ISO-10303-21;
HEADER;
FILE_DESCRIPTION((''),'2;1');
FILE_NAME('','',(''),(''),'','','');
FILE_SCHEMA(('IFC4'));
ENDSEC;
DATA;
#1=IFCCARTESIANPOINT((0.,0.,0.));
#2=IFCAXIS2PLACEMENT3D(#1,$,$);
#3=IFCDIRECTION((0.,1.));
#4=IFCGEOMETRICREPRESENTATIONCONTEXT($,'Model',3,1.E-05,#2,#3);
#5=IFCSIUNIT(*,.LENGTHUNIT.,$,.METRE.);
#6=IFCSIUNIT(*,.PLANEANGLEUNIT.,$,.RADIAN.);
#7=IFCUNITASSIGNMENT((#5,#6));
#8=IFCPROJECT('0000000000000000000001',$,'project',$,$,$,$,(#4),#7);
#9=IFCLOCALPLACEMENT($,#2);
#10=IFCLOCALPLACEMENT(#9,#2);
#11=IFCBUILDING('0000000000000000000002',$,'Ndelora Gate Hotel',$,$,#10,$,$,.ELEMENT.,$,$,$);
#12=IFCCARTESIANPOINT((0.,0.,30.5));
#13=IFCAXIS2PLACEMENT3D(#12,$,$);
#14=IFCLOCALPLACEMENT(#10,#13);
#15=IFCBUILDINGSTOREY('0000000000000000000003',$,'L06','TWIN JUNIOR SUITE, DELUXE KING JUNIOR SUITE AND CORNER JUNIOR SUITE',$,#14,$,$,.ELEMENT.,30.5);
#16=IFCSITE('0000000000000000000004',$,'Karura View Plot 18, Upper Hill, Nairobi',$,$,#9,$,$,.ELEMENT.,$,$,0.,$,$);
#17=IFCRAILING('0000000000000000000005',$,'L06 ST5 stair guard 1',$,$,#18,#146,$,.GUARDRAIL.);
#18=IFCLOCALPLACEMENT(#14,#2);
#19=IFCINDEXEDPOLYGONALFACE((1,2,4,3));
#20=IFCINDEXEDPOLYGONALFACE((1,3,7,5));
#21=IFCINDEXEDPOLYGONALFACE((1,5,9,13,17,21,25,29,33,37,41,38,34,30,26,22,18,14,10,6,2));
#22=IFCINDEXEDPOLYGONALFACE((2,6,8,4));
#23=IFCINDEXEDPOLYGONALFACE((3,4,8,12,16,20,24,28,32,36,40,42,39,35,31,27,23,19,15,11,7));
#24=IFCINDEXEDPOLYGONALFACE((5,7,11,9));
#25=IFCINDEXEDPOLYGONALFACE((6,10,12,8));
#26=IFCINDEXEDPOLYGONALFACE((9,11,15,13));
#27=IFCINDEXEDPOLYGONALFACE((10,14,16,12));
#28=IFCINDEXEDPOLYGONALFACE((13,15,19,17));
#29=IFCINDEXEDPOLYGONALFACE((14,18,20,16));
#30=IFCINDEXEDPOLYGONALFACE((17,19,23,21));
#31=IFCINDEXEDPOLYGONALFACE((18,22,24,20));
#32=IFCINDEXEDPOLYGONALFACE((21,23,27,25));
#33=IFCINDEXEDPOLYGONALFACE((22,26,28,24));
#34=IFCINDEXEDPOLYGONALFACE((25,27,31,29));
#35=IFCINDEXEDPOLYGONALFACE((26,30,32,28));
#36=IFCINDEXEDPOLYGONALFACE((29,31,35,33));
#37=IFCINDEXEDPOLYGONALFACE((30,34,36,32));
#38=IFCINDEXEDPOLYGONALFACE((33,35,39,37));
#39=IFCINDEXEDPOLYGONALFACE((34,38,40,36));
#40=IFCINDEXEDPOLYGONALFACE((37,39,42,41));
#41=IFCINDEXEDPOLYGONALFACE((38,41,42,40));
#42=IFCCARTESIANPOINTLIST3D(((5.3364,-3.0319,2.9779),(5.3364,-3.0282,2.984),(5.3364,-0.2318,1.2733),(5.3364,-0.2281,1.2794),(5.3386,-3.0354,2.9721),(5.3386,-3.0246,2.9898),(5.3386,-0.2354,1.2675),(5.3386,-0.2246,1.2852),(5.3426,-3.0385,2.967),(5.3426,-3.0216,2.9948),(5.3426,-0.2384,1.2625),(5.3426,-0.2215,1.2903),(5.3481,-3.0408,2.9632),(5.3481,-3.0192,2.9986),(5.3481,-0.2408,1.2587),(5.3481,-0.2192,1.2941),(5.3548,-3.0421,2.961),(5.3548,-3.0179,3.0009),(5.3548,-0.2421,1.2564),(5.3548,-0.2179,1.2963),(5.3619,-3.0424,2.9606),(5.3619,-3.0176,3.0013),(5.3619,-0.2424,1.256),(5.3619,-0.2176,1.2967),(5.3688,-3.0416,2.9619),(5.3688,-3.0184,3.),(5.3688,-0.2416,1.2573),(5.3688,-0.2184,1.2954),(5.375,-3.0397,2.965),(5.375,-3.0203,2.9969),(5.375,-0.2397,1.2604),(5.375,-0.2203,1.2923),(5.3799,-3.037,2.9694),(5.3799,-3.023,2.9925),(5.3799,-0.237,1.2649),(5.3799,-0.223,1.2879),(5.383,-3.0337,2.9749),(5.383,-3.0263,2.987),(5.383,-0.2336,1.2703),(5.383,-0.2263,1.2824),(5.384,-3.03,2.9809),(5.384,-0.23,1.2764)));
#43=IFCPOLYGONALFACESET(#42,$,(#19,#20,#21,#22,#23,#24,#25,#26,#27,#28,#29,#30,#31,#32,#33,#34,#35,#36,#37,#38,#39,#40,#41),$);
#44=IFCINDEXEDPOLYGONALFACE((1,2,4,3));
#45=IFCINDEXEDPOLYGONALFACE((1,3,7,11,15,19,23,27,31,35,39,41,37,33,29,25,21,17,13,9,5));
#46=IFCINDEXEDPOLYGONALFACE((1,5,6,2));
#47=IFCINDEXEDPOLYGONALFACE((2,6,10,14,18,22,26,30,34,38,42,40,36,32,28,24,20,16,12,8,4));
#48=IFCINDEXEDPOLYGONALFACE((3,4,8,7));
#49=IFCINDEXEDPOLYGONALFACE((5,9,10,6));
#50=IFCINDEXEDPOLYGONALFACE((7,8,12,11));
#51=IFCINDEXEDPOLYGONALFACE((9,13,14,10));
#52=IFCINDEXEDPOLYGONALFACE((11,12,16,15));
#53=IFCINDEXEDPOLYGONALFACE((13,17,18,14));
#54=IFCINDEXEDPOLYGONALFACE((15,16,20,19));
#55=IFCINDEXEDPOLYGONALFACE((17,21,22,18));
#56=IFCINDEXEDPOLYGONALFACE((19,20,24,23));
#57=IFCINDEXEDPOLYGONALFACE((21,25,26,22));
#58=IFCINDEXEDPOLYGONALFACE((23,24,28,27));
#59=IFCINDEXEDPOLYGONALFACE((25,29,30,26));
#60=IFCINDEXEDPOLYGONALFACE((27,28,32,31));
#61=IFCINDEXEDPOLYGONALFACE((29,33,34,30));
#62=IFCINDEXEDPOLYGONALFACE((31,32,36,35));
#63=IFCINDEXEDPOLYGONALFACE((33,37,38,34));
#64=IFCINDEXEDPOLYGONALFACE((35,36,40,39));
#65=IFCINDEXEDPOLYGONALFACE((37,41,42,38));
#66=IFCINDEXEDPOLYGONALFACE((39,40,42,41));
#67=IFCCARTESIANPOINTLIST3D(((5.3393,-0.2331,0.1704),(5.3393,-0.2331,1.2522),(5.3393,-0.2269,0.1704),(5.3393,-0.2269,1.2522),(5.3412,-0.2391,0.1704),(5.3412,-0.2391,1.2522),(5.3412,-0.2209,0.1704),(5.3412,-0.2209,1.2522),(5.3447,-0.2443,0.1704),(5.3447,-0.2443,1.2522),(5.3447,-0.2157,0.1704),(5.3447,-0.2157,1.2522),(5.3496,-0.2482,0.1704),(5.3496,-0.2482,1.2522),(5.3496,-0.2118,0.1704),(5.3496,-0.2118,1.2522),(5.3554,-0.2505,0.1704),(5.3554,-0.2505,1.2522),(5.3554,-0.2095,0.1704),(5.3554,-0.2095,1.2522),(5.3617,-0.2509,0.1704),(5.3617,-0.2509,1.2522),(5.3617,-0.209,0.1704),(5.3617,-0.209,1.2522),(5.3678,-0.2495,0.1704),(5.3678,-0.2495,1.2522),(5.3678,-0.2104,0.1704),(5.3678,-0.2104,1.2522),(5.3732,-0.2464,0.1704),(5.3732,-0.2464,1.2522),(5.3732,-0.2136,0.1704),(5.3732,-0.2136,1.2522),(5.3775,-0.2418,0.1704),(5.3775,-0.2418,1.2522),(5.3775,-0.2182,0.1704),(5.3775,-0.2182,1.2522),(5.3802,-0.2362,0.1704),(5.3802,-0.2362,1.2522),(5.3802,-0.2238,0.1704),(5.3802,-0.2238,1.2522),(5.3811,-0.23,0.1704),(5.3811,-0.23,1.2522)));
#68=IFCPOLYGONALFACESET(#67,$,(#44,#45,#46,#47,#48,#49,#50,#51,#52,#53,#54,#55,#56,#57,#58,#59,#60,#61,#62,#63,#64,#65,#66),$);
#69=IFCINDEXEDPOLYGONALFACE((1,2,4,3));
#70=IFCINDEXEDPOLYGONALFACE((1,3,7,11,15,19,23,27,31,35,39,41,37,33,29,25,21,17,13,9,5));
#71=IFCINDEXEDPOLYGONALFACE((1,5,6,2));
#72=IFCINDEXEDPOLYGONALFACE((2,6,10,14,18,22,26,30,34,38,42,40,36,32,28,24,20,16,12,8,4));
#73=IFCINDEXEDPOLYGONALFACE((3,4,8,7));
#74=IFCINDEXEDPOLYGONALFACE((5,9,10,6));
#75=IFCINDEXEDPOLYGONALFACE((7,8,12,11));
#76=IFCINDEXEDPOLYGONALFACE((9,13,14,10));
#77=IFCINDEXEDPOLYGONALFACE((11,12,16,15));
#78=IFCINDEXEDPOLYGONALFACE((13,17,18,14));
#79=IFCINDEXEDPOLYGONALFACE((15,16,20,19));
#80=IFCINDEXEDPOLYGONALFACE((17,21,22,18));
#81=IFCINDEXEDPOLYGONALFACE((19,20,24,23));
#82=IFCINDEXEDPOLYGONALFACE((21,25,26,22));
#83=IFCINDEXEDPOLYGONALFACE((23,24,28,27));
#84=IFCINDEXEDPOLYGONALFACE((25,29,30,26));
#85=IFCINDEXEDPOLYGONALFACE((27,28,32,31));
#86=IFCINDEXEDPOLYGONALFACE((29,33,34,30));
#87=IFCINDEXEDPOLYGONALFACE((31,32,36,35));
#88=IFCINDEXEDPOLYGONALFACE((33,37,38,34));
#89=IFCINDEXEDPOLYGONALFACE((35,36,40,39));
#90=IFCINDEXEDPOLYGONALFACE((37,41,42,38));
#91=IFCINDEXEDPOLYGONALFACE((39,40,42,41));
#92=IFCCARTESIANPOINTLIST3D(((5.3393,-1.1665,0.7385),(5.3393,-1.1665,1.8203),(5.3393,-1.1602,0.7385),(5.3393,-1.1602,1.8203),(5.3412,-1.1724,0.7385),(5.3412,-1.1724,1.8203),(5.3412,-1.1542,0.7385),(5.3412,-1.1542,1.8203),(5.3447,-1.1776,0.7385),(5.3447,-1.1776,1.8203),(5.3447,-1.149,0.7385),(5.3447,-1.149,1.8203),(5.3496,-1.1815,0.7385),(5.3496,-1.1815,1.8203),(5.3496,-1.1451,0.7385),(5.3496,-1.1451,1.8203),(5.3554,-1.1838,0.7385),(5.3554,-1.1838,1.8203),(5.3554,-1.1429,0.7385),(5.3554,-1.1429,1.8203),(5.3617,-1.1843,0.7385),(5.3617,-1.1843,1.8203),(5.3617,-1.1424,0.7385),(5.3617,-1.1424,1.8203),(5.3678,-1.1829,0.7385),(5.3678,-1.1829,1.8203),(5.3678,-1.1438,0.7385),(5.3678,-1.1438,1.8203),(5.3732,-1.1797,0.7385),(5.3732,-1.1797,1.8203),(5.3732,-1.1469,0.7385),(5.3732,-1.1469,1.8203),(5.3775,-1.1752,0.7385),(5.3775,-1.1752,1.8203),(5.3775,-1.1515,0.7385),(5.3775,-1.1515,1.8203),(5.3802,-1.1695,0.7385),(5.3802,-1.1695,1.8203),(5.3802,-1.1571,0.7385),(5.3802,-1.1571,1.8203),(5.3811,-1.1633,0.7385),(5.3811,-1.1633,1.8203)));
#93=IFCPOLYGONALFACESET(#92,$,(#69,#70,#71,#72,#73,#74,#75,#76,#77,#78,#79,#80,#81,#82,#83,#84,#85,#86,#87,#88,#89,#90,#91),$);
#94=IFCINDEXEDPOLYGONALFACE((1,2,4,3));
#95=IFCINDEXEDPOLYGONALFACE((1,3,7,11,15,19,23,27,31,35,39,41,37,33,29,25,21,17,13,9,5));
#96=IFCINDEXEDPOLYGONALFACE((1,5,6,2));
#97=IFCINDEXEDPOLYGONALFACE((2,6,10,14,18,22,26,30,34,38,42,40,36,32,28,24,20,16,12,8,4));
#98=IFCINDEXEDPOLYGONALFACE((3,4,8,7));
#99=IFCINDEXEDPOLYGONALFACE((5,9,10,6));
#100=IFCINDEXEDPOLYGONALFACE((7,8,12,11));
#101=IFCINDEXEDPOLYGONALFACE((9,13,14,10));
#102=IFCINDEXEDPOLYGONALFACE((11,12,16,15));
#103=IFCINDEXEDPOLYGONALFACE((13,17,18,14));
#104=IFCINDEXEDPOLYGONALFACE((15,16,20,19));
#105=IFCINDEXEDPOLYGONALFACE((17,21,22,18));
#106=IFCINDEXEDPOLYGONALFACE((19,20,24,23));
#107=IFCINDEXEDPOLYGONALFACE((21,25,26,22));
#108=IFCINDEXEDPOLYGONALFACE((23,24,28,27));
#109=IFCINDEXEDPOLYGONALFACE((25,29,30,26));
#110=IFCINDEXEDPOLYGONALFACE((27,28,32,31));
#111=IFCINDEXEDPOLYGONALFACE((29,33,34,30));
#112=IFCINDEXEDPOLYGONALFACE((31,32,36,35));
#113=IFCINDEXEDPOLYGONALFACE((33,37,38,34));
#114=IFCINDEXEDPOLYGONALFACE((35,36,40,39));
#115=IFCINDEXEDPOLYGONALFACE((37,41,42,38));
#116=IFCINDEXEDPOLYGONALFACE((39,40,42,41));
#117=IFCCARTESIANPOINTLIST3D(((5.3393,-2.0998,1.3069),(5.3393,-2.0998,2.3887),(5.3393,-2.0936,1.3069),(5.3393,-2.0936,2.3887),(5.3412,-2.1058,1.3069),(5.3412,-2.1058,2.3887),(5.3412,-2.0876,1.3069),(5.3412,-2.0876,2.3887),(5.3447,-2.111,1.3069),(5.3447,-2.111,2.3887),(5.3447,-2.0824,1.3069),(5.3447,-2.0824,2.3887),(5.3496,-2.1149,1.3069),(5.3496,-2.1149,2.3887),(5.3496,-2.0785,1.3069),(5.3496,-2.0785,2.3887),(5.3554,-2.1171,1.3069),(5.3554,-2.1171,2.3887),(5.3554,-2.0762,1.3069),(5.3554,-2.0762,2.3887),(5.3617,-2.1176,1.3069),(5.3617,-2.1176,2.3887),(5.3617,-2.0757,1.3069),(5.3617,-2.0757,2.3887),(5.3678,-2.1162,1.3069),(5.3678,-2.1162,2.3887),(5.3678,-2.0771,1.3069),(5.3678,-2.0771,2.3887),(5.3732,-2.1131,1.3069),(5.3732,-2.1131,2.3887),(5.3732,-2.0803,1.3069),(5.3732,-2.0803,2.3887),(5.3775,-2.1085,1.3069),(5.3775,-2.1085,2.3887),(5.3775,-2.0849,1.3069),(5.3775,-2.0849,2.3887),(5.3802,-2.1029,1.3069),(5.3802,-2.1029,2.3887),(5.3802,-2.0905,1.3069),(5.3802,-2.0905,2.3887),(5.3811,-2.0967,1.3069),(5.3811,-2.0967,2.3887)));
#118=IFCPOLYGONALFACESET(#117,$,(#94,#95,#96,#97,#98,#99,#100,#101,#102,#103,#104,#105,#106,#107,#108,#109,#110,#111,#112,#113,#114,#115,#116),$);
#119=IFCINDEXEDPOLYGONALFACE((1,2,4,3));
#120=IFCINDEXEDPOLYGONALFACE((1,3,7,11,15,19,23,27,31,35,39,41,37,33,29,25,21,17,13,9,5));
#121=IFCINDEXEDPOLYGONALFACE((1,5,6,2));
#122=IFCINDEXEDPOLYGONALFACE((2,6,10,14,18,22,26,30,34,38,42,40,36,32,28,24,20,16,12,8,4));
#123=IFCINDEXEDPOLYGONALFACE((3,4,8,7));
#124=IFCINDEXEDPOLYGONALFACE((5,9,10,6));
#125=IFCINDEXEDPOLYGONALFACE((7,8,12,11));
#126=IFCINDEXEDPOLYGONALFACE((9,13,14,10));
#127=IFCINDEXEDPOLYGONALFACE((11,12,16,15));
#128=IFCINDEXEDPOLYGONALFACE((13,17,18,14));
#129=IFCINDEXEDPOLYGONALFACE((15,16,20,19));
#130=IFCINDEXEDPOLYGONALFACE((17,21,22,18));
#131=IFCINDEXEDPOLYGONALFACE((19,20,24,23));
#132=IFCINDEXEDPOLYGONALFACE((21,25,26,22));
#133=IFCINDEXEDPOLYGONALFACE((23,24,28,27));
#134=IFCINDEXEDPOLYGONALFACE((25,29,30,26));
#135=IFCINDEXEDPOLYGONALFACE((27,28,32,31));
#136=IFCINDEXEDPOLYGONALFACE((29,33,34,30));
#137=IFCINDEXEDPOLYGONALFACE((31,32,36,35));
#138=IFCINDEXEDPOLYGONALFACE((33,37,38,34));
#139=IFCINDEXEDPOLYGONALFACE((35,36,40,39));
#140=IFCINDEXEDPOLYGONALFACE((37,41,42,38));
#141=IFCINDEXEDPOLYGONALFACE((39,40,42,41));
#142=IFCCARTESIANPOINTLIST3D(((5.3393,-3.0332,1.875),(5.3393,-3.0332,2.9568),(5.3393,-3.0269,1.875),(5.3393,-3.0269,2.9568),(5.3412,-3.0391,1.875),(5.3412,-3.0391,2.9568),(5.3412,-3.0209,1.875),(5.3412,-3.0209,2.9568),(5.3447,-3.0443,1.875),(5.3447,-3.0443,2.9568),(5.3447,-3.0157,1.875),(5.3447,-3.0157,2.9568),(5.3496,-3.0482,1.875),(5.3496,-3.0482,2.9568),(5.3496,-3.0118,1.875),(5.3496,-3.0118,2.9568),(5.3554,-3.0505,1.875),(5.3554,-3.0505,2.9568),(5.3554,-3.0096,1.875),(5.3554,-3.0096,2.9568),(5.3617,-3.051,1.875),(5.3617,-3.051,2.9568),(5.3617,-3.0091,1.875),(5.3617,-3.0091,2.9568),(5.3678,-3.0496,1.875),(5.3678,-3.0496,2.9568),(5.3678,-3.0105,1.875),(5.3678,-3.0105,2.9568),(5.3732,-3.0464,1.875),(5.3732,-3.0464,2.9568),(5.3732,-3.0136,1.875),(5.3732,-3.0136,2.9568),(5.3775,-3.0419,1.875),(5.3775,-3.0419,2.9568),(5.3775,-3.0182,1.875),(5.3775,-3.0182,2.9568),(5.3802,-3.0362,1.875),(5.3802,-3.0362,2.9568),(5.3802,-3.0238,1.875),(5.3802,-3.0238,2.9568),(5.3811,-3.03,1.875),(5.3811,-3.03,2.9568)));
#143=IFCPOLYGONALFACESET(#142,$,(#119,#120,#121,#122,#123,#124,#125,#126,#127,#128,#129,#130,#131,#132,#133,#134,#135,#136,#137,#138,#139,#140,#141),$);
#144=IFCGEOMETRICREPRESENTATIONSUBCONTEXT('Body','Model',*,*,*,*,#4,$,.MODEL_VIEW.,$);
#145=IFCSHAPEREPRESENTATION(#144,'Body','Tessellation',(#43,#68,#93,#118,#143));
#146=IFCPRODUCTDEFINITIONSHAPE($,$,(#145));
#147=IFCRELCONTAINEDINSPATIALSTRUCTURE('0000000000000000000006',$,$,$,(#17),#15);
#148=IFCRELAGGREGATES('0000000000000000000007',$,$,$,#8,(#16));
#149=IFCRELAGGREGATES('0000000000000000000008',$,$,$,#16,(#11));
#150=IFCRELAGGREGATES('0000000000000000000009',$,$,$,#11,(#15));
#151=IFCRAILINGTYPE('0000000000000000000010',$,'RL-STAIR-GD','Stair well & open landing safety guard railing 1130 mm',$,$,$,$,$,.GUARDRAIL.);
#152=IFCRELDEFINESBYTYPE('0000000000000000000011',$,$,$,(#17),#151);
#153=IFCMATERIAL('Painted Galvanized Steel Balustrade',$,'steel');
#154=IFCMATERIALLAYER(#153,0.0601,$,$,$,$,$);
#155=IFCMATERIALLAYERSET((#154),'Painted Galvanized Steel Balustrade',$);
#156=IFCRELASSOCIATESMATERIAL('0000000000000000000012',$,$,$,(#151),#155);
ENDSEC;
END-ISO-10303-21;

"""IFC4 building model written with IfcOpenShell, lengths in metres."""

from ifc_helpers import new_model, si_unit, direction, frame, origin, origin_2d, place, context, subcontext, project, spatial, circle, extrude, material, layer, layer_set, type_object, element, save


model = new_model("IFC4")

# Units and contexts
model_context = context("Model", 3, precision=1e-05, world=origin(), true_north=direction((0.0, 1.0)))
body_context = subcontext(model_context, "Body", "Model", "MODEL_VIEW")
ifc_project = project(units=[si_unit("LENGTHUNIT", "METRE"), si_unit("PLANEANGLEUNIT", "RADIAN")], contexts=[model_context])

# Site, building, storey
site_placement = place(None, origin())
site = spatial("IfcSite", under=ifc_project, at=site_placement, Name="Karura View Plot 18, Upper Hill, Nairobi", CompositionType="ELEMENT", RefElevation=0.0)
building_placement = place(site_placement, origin())
building = spatial("IfcBuilding", under=site, at=building_placement, Name="Ndelora Gate Hotel", CompositionType="ELEMENT")
storey_placement = place(building_placement, frame((0.0, 0.0, 30.5)))
storey = spatial("IfcBuildingStorey", under=building, at=storey_placement, Name="L06", Description="TWIN JUNIOR SUITE, DELUXE KING JUNIOR SUITE AND CORNER JUNIOR SUITE", CompositionType="ELEMENT", Elevation=30.5)

# Railing
ifc_material_1 = material(Name="Painted Galvanized Steel Balustrade", Category="steel")
ifc_layer_1 = layer(ifc_material_1, 0.0601)
ifc_layer_set_1 = layer_set([ifc_layer_1], Name="Painted Galvanized Steel Balustrade")
railing_type_1 = type_object("IfcRailingType", Name="RL-STAIR-GD", Description="Stair well & open landing safety guard railing 1130 mm", PredefinedType="GUARDRAIL", material=ifc_layer_set_1)
railing_1_placement = place(storey_placement, frame((5.3601, -0.23, 0.1704)))
element("IfcRailing", 1, at=railing_1_placement, inside=storey, type_object=railing_type_1, Name="L06 ST5 stair guard 1", PredefinedType="GUARDRAIL", context=body_context, shape_type="SweptSolid", body=[
    extrude(circle(Radius=0.0239, at=origin_2d()), frame((0.0, 0.0, 1.106), z_axis=(0.0, -0.85417, 0.519994), x_axis=(1.0, 0.0, 0.0)), (0.0, 0.0, 1.0), 3.2781),
    extrude(circle(Radius=0.021, at=origin_2d()), origin(), (0.0, 0.0, 1.0), 1.0818),
    extrude(circle(Radius=0.021, at=origin_2d()), frame((0.0, -0.9333, 0.5681)), (0.0, 0.0, 1.0), 1.0818),
    extrude(circle(Radius=0.021, at=origin_2d()), frame((0.0, -1.8667, 1.1365)), (0.0, 0.0, 1.0), 1.0818),
    extrude(circle(Radius=0.021, at=origin_2d()), frame((0.0, -2.8, 1.7046)), (0.0, 0.0, 1.0), 1.0818),
])

save(model, "model.ifc")
